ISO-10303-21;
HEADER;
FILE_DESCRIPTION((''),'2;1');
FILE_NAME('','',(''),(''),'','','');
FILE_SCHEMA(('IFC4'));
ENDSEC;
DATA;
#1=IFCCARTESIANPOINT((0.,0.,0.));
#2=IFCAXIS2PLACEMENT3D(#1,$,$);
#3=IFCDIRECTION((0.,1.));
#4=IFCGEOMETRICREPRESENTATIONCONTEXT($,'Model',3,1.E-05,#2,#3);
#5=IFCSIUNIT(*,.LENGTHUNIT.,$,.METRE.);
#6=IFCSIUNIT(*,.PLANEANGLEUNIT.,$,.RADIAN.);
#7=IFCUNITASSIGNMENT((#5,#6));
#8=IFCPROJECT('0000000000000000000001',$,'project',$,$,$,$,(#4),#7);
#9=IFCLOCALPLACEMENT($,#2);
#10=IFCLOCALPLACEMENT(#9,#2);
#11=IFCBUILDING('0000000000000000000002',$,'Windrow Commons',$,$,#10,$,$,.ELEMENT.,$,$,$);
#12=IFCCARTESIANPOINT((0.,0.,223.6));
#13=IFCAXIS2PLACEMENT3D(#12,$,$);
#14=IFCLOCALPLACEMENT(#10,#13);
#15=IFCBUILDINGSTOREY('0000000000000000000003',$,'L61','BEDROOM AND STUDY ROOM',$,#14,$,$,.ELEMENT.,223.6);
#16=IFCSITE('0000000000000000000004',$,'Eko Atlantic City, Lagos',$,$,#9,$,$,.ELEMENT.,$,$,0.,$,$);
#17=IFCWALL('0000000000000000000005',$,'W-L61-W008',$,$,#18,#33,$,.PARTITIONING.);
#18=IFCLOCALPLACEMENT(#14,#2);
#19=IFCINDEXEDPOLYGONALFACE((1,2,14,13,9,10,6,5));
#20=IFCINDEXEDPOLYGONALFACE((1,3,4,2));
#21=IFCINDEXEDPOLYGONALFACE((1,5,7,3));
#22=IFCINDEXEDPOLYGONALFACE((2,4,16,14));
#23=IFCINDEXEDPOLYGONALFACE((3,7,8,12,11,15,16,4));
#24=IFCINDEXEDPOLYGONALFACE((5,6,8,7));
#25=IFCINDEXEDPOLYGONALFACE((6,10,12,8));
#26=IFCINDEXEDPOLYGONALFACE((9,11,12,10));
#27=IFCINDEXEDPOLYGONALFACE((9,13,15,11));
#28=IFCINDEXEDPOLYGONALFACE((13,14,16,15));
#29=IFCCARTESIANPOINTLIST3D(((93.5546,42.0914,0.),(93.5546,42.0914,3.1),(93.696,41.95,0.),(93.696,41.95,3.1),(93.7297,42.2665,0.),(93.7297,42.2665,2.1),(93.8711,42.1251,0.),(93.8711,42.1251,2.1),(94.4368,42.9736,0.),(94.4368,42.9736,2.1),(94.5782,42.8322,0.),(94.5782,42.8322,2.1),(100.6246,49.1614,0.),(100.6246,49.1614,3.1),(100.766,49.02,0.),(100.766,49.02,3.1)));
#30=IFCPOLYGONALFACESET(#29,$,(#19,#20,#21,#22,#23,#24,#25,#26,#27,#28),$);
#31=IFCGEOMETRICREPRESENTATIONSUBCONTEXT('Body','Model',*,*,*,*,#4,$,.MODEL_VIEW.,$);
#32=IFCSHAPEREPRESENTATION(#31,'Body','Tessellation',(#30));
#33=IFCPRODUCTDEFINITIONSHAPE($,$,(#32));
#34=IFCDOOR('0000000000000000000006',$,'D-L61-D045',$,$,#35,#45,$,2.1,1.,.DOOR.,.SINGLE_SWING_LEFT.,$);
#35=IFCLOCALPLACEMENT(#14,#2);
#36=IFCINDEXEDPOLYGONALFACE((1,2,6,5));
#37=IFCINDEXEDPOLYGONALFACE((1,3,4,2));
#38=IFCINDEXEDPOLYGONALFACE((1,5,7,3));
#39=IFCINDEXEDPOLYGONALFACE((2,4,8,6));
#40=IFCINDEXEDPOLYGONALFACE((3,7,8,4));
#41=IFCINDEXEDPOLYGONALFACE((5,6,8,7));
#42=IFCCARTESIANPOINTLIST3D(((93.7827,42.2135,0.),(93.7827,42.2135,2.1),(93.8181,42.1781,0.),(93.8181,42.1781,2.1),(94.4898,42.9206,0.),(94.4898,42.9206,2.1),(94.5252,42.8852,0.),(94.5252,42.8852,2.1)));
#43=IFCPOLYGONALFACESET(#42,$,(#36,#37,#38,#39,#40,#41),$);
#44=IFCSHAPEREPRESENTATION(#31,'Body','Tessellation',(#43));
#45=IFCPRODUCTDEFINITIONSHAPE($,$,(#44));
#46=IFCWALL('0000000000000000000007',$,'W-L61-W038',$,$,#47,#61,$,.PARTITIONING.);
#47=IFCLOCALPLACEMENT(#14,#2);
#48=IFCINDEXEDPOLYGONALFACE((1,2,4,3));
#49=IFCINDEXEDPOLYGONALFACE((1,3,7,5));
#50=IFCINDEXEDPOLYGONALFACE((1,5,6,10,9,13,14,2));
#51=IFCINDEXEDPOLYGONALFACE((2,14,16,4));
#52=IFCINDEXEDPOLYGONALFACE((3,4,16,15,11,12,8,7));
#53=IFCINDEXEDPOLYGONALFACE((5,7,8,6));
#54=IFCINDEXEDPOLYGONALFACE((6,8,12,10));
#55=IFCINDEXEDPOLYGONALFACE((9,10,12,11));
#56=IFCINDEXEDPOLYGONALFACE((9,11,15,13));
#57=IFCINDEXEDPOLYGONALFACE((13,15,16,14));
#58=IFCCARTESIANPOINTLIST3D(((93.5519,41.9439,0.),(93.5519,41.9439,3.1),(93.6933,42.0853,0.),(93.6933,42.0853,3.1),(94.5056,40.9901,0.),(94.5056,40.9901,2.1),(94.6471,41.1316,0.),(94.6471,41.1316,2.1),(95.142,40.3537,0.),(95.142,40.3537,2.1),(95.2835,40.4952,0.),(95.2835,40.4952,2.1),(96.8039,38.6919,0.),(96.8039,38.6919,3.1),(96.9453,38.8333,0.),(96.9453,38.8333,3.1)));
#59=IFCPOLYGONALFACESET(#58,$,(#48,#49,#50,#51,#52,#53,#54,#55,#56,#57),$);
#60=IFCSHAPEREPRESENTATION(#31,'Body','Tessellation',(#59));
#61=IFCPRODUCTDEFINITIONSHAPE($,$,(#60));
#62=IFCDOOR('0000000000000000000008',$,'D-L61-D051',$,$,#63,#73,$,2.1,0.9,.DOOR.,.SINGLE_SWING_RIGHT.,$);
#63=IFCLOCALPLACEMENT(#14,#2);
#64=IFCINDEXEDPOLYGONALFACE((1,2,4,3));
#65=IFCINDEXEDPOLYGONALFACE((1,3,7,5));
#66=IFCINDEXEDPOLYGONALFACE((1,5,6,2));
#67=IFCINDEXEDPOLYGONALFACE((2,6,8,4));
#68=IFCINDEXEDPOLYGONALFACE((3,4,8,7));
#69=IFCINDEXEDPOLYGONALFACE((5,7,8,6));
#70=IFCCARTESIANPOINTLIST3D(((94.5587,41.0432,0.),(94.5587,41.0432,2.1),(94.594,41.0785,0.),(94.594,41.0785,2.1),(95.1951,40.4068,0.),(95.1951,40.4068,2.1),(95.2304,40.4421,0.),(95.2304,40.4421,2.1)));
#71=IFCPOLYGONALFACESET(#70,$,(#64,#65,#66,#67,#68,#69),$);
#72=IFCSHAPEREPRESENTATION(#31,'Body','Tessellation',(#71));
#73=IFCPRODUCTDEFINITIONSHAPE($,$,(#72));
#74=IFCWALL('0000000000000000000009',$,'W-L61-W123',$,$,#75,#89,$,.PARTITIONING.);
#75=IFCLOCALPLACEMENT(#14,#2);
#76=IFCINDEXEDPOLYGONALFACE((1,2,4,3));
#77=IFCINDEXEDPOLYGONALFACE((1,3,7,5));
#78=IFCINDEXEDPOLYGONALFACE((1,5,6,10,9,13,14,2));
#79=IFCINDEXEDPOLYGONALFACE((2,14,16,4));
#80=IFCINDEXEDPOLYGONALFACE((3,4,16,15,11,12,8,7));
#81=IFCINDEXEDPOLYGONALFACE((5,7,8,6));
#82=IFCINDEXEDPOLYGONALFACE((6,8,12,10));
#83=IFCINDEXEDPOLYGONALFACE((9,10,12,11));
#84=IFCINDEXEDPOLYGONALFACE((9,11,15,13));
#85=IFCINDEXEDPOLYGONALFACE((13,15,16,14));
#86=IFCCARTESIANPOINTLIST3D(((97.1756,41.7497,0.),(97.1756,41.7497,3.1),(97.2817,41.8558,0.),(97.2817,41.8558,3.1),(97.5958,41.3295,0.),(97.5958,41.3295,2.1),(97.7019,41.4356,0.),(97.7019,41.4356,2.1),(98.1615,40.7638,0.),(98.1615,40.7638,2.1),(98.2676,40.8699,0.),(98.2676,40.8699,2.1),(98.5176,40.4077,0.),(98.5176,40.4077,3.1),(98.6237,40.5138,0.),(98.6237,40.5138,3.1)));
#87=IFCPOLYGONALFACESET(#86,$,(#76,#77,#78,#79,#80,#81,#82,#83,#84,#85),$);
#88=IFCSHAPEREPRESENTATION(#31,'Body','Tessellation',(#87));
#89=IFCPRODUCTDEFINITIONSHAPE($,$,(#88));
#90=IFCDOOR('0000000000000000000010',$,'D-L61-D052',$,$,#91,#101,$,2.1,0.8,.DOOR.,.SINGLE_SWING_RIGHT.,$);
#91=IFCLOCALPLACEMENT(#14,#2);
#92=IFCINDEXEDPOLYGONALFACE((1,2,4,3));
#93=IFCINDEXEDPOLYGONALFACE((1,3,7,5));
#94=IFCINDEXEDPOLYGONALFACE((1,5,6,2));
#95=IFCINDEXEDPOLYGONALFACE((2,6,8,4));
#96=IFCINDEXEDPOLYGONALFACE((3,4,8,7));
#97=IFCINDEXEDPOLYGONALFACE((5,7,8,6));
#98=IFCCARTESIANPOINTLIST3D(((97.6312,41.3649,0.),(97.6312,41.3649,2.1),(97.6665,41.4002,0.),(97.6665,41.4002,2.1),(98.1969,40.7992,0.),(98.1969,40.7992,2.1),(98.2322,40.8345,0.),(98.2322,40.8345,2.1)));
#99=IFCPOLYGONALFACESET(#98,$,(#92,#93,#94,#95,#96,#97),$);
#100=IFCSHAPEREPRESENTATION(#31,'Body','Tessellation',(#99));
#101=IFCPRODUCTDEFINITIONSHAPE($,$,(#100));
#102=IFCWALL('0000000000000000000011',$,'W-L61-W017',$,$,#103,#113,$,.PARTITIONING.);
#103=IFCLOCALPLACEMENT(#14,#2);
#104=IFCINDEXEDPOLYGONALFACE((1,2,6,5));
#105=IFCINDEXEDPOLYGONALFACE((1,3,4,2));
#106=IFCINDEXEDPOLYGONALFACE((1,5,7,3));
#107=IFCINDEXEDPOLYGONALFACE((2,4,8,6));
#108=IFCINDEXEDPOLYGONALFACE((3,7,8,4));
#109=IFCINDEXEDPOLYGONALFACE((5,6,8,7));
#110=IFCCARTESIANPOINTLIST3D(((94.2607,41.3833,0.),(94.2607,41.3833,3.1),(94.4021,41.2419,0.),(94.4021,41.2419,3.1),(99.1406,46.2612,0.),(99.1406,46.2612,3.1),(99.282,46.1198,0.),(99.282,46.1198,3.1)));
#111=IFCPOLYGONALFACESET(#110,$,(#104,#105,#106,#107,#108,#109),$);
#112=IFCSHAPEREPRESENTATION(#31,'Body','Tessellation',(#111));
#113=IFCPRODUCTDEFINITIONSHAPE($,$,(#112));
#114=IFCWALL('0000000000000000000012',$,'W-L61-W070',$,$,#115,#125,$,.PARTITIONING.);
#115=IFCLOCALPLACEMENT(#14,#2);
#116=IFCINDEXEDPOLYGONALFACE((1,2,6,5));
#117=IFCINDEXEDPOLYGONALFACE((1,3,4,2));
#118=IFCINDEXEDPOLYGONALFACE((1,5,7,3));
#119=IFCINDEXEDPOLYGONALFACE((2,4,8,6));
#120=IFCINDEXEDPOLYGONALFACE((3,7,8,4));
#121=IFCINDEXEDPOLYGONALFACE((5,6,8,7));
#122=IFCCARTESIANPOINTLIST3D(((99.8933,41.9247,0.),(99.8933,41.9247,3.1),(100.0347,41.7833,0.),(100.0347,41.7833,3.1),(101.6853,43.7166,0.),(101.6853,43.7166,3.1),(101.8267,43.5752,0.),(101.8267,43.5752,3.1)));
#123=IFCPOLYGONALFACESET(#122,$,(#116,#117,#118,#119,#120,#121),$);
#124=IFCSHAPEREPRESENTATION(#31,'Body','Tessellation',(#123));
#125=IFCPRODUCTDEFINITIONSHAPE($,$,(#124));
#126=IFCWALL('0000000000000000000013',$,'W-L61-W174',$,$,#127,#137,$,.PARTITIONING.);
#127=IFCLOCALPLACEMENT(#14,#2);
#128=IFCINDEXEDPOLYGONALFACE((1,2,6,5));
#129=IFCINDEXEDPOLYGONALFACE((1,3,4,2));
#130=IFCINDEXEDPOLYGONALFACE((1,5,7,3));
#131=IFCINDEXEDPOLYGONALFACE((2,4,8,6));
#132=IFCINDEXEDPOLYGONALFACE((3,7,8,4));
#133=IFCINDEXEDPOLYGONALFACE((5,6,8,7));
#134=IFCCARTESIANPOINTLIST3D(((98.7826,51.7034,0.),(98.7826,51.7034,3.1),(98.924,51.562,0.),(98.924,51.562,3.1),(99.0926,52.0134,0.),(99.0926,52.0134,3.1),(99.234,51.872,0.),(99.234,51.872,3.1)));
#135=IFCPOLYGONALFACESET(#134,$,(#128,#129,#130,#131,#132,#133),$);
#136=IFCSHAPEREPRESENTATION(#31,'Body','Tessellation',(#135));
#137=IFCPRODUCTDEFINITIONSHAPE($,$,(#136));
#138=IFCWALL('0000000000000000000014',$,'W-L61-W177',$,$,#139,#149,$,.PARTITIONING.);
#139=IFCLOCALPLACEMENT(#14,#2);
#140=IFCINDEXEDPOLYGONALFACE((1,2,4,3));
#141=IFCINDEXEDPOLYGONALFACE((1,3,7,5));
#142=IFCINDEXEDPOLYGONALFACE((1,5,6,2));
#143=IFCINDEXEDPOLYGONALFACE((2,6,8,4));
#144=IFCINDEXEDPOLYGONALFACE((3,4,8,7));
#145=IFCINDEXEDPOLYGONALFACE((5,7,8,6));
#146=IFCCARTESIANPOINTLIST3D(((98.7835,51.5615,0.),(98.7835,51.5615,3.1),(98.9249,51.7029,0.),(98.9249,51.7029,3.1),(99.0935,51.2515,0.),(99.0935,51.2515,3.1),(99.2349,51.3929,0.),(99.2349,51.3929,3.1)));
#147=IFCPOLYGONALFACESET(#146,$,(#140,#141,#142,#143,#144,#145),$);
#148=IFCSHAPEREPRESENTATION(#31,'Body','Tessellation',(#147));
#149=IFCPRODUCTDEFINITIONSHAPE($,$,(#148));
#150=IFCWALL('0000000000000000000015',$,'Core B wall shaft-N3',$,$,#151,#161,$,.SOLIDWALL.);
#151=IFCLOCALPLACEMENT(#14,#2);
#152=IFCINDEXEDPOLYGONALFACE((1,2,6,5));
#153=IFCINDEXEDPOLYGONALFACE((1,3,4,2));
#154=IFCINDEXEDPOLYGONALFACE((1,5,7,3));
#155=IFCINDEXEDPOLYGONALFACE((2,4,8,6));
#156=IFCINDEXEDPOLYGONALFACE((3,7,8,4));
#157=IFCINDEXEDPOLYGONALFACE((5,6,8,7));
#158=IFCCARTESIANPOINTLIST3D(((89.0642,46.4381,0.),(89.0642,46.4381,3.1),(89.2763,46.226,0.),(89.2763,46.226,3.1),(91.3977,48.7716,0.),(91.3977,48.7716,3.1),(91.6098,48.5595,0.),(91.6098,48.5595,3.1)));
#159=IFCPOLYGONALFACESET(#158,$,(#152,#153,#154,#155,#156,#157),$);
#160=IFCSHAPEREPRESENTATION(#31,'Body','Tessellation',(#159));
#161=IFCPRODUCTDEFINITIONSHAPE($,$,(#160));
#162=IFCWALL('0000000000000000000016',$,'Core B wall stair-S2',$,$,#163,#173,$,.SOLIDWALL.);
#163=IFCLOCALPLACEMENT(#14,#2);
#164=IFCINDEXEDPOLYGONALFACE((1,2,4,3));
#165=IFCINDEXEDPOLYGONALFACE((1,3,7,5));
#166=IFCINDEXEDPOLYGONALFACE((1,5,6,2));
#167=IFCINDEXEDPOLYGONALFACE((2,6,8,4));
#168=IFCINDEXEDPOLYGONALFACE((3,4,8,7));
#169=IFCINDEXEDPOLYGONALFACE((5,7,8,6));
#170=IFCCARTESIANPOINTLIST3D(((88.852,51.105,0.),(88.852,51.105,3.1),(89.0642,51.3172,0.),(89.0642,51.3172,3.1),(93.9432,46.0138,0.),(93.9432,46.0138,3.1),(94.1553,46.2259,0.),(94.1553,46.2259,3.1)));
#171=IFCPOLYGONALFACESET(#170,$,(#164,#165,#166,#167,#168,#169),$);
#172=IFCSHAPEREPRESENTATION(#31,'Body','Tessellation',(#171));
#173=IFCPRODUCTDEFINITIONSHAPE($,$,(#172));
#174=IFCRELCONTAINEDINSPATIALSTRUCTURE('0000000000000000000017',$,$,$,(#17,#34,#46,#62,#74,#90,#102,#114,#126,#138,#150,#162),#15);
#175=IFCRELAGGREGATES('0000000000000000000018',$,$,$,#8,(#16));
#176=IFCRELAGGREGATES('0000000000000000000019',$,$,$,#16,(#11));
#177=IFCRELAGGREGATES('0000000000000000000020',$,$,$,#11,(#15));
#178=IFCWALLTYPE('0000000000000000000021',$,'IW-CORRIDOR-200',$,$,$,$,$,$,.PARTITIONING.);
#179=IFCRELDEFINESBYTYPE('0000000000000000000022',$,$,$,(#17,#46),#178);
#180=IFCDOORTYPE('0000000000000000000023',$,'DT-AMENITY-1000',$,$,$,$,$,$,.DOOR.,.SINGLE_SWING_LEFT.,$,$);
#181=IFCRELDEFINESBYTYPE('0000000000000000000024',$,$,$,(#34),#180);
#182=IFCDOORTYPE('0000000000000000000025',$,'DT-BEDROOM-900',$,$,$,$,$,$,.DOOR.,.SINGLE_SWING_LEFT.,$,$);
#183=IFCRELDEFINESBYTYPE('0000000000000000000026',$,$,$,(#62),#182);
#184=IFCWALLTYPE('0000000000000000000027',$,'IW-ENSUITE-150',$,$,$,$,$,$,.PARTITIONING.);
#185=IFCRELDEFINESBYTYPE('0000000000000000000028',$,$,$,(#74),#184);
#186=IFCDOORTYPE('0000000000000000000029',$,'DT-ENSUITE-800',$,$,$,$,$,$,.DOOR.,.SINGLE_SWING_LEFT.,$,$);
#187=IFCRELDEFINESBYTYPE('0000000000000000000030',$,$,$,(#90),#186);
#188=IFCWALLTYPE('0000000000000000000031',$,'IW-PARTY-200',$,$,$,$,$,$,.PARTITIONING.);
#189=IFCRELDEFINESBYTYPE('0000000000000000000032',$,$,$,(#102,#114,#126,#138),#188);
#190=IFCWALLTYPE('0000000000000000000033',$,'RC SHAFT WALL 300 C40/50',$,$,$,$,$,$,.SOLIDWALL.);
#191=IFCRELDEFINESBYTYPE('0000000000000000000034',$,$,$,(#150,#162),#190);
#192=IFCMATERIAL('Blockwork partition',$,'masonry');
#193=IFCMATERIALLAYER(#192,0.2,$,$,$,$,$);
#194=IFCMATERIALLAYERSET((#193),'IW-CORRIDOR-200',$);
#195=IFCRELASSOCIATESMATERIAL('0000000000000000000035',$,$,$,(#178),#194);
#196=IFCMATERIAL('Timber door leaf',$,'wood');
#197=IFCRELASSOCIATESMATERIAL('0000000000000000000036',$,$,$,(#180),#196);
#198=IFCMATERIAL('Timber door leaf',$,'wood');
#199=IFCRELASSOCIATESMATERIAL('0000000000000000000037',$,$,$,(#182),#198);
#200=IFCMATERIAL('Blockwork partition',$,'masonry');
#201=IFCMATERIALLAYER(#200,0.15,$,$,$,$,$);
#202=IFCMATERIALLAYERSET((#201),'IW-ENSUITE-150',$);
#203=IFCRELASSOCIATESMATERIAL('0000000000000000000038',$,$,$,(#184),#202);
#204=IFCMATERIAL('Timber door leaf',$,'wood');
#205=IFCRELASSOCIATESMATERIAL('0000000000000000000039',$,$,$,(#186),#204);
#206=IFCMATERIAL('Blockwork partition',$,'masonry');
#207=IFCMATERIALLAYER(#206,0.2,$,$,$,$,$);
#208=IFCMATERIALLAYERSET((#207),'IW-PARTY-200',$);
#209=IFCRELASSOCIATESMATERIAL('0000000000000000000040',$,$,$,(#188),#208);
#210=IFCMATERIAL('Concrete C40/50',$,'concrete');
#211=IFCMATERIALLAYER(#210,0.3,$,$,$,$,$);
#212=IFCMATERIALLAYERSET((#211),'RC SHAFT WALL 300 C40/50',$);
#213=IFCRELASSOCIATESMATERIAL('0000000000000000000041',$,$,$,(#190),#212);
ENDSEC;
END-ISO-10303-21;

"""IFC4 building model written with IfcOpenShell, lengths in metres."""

from ifc_helpers import new_model, si_unit, direction, frame, frame_2d, origin, place, context, subcontext, project, spatial, rectangle, extrude, material, layer, layer_set, type_object, element, fill, save


model = new_model("IFC4")

# Units and contexts
model_context = context("Model", 3, precision=1e-05, world=origin(), true_north=direction((0.0, 1.0)))
body_context = subcontext(model_context, "Body", "Model", "MODEL_VIEW")
ifc_project = project(units=[si_unit("LENGTHUNIT", "METRE"), si_unit("PLANEANGLEUNIT", "RADIAN")], contexts=[model_context])

# Site, building, storey
site_placement = place(None, origin())
site = spatial("IfcSite", under=ifc_project, at=site_placement, Name="Eko Atlantic City, Lagos", CompositionType="ELEMENT", RefElevation=0.0)
building_placement = place(site_placement, origin())
building = spatial("IfcBuilding", under=site, at=building_placement, Name="Windrow Commons", CompositionType="ELEMENT")
storey_placement = place(building_placement, frame((0.0, 0.0, 223.6)))
storey = spatial("IfcBuildingStorey", under=building, at=storey_placement, Name="L61", Description="BEDROOM AND STUDY ROOM", CompositionType="ELEMENT", Elevation=223.6)

# Walls, openings, doors
ifc_material_1 = material(Name="Blockwork partition", Category="masonry")
ifc_layer_1 = layer(ifc_material_1, 0.2)
ifc_layer_set_1 = layer_set([ifc_layer_1], Name="IW-CORRIDOR-200")
wall_type_1 = type_object("IfcWallType", Name="IW-CORRIDOR-200", PredefinedType="PARTITIONING", material=ifc_layer_set_1)
wall_1_placement = place(storey_placement, frame((93.6253, 42.0207, 0.0), z_axis=(0.0, 0.0, 1.0), x_axis=(0.707107, 0.707107, 0.0)))
wall_1 = element("IfcWall", 1, at=wall_1_placement, inside=storey, type_object=wall_type_1, Name="W-L61-W008", PredefinedType="PARTITIONING", context=body_context, shape_type="SweptSolid", body=[
    extrude(rectangle(XDim=9.9985, YDim=0.2, at=frame_2d((4.9992, 0.0))), origin(), (0.0, 0.0, 1.0), 3.1),
])
opening_1_placement = place(wall_1_placement, frame((0.2476, 0.0, 0.0)))
opening_1 = element("IfcOpeningElement", 2, at=opening_1_placement, cuts=wall_1, PredefinedType="OPENING", context=body_context, shape_type="SweptSolid", body=[
    extrude(rectangle(XDim=1.0, YDim=2.1, at=frame_2d((0.5, 1.05))), frame((0.0, 0.11, 0.0), z_axis=(0.0, -1.0, 0.0), x_axis=(1.0, 0.0, 0.0)), (0.0, 0.0, 1.0), 0.22),
])
ifc_material_2 = material(Name="Timber door leaf", Category="wood")
door_type_1 = type_object("IfcDoorType", Name="DT-AMENITY-1000", OperationType="SINGLE_SWING_LEFT", PredefinedType="DOOR", material=ifc_material_2)
door_1_placement = place(opening_1_placement, origin())
door_1 = element("IfcDoor", 3, at=door_1_placement, inside=storey, type_object=door_type_1, Name="D-L61-D045", OperationType="SINGLE_SWING_LEFT", OverallHeight=2.1, OverallWidth=1.0, PredefinedType="DOOR", context=body_context, shape_type="SweptSolid", body=[
    extrude(rectangle(XDim=1.0, YDim=2.1, at=frame_2d((0.5, 1.05))), frame((0.0, 0.025, 0.0), z_axis=(0.0, -1.0, 0.0), x_axis=(1.0, 0.0, 0.0)), (0.0, 0.0, 1.0), 0.05),
])
fill(opening_1, door_1)
wall_2_placement = place(storey_placement, frame((93.6226, 42.0146, 0.0), z_axis=(0.0, 0.0, 1.0), x_axis=(0.707107, -0.707107, 0.0)))
wall_2 = element("IfcWall", 4, at=wall_2_placement, inside=storey, type_object=wall_type_1, Name="W-L61-W038", PredefinedType="PARTITIONING", context=body_context, shape_type="SweptSolid", body=[
    extrude(rectangle(XDim=4.599, YDim=0.2, at=frame_2d((2.2995, 0.0))), origin(), (0.0, 0.0, 1.0), 3.1),
])
opening_2_placement = place(wall_2_placement, frame((1.3488, 0.0, 0.0)))
opening_2 = element("IfcOpeningElement", 5, at=opening_2_placement, cuts=wall_2, PredefinedType="OPENING", context=body_context, shape_type="SweptSolid", body=[
    extrude(rectangle(XDim=0.9, YDim=2.1, at=frame_2d((0.45, 1.05))), frame((0.0, 0.11, 0.0), z_axis=(0.0, -1.0, 0.0), x_axis=(1.0, 0.0, 0.0)), (0.0, 0.0, 1.0), 0.22),
])
ifc_material_3 = material(Name="Timber door leaf", Category="wood")
door_type_2 = type_object("IfcDoorType", Name="DT-BEDROOM-900", OperationType="SINGLE_SWING_LEFT", PredefinedType="DOOR", material=ifc_material_3)
door_2_placement = place(opening_2_placement, origin())
door_2 = element("IfcDoor", 6, at=door_2_placement, inside=storey, type_object=door_type_2, Name="D-L61-D051", OperationType="SINGLE_SWING_RIGHT", OverallHeight=2.1, OverallWidth=0.9, PredefinedType="DOOR", context=body_context, shape_type="SweptSolid", body=[
    extrude(rectangle(XDim=0.9, YDim=2.1, at=frame_2d((0.45, 1.05))), frame((0.0, 0.025, 0.0), z_axis=(0.0, -1.0, 0.0), x_axis=(1.0, 0.0, 0.0)), (0.0, 0.0, 1.0), 0.05),
])
fill(opening_2, door_2)
ifc_material_4 = material(Name="Blockwork partition", Category="masonry")
ifc_layer_2 = layer(ifc_material_4, 0.15)
ifc_layer_set_2 = layer_set([ifc_layer_2], Name="IW-ENSUITE-150")
wall_type_2 = type_object("IfcWallType", Name="IW-ENSUITE-150", PredefinedType="PARTITIONING", material=ifc_layer_set_2)
wall_3_placement = place(storey_placement, frame((97.2287, 41.8027, 0.0), z_axis=(0.0, 0.0, 1.0), x_axis=(0.707107, -0.707107, 0.0)))
wall_3 = element("IfcWall", 7, at=wall_3_placement, inside=storey, type_object=wall_type_2, Name="W-L61-W123", PredefinedType="PARTITIONING", context=body_context, shape_type="SweptSolid", body=[
    extrude(rectangle(XDim=1.8979, YDim=0.15, at=frame_2d((0.9489, 0.0))), origin(), (0.0, 0.0, 1.0), 3.1),
])
opening_3_placement = place(wall_3_placement, frame((0.5942, 0.0, 0.0)))
opening_3 = element("IfcOpeningElement", 8, at=opening_3_placement, cuts=wall_3, PredefinedType="OPENING", context=body_context, shape_type="SweptSolid", body=[
    extrude(rectangle(XDim=0.8, YDim=2.1, at=frame_2d((0.4, 1.05))), frame((0.0, 0.085, 0.0), z_axis=(0.0, -1.0, 0.0), x_axis=(1.0, 0.0, 0.0)), (0.0, 0.0, 1.0), 0.17),
])
ifc_material_5 = material(Name="Timber door leaf", Category="wood")
door_type_3 = type_object("IfcDoorType", Name="DT-ENSUITE-800", OperationType="SINGLE_SWING_LEFT", PredefinedType="DOOR", material=ifc_material_5)
door_3_placement = place(opening_3_placement, origin())
door_3 = element("IfcDoor", 9, at=door_3_placement, inside=storey, type_object=door_type_3, Name="D-L61-D052", OperationType="SINGLE_SWING_RIGHT", OverallHeight=2.1, OverallWidth=0.8, PredefinedType="DOOR", context=body_context, shape_type="SweptSolid", body=[
    extrude(rectangle(XDim=0.8, YDim=2.1, at=frame_2d((0.4, 1.05))), frame((0.0, 0.025, 0.0), z_axis=(0.0, -1.0, 0.0), x_axis=(1.0, 0.0, 0.0)), (0.0, 0.0, 1.0), 0.05),
])
fill(opening_3, door_3)

# Walls
ifc_material_6 = material(Name="Blockwork partition", Category="masonry")
ifc_layer_3 = layer(ifc_material_6, 0.2)
ifc_layer_set_3 = layer_set([ifc_layer_3], Name="IW-PARTY-200")
wall_type_3 = type_object("IfcWallType", Name="IW-PARTY-200", PredefinedType="PARTITIONING", material=ifc_layer_set_3)
wall_4_placement = place(storey_placement, frame((94.3314, 41.3126, 0.0), z_axis=(0.0, 0.0, 1.0), x_axis=(0.707252, 0.706962, 0.0)))
element("IfcWall", 10, at=wall_4_placement, inside=storey, type_object=wall_type_3, Name="W-L61-W017", PredefinedType="PARTITIONING", context=body_context, shape_type="SweptSolid", body=[
    extrude(rectangle(XDim=6.8998, YDim=0.2, at=frame_2d((3.4499, 0.0))), origin(), (0.0, 0.0, 1.0), 3.1),
])
wall_5_placement = place(storey_placement, frame((99.964, 41.854, 0.0), z_axis=(0.0, 0.0, 1.0), x_axis=(0.707127, 0.707087, 0.0)))
element("IfcWall", 11, at=wall_5_placement, inside=storey, type_object=wall_type_3, Name="W-L61-W070", PredefinedType="PARTITIONING", context=body_context, shape_type="SweptSolid", body=[
    extrude(rectangle(XDim=2.5341, YDim=0.2, at=frame_2d((1.2671, 0.0))), origin(), (0.0, 0.0, 1.0), 3.1),
])
for number, where, z_axis, x_axis, name in (
    (12, (98.8533, 51.6327, 0.0), (0.0, 0.0, 1.0), (0.707107, 0.707107, 0.0), "W-L61-W174"),
    (13, (98.8542, 51.6322, 0.0), (0.0, 0.0, 1.0), (0.707107, -0.707107, 0.0), "W-L61-W177"),
):
    element("IfcWall", number, at=place(storey_placement, frame(where, z_axis=z_axis, x_axis=x_axis)), inside=storey, type_object=wall_type_3, Name=name, PredefinedType="PARTITIONING", context=body_context, shape_type="SweptSolid", body=[
        extrude(rectangle(XDim=0.4384, YDim=0.2, at=frame_2d((0.2192, 0.0))), origin(), (0.0, 0.0, 1.0), 3.1),
    ])
ifc_material_7 = material(Name="Concrete C40/50", Category="concrete")
ifc_layer_4 = layer(ifc_material_7, 0.3)
ifc_layer_set_4 = layer_set([ifc_layer_4], Name="RC SHAFT WALL 300 C40/50")
wall_type_4 = type_object("IfcWallType", Name="RC SHAFT WALL 300 C40/50", PredefinedType="SOLIDWALL", material=ifc_layer_set_4)
wall_6_placement = place(storey_placement, frame((89.1702, 46.332, 0.0), z_axis=(0.0, 0.0, 1.0), x_axis=(0.707107, 0.707107, 0.0)))
element("IfcWall", 14, at=wall_6_placement, inside=storey, type_object=wall_type_4, Name="Core B wall shaft-N3", PredefinedType="SOLIDWALL", context=body_context, shape_type="SweptSolid", body=[
    extrude(rectangle(XDim=3.3001, YDim=0.3, at=frame_2d((1.6501, 0.0))), origin(), (0.0, 0.0, 1.0), 3.1),
])
wall_7_placement = place(storey_placement, frame((88.9581, 51.2111, 0.0), z_axis=(0.0, 0.0, 1.0), x_axis=(0.7071, -0.707114, 0.0)))
element("IfcWall", 15, at=wall_7_placement, inside=storey, type_object=wall_type_4, Name="Core B wall stair-S2", PredefinedType="SOLIDWALL", context=body_context, shape_type="SweptSolid", body=[
    extrude(rectangle(XDim=7.2, YDim=0.3, at=frame_2d((3.6, 0.0))), origin(), (0.0, 0.0, 1.0), 3.1),
])

save(model, "model.ifc")
